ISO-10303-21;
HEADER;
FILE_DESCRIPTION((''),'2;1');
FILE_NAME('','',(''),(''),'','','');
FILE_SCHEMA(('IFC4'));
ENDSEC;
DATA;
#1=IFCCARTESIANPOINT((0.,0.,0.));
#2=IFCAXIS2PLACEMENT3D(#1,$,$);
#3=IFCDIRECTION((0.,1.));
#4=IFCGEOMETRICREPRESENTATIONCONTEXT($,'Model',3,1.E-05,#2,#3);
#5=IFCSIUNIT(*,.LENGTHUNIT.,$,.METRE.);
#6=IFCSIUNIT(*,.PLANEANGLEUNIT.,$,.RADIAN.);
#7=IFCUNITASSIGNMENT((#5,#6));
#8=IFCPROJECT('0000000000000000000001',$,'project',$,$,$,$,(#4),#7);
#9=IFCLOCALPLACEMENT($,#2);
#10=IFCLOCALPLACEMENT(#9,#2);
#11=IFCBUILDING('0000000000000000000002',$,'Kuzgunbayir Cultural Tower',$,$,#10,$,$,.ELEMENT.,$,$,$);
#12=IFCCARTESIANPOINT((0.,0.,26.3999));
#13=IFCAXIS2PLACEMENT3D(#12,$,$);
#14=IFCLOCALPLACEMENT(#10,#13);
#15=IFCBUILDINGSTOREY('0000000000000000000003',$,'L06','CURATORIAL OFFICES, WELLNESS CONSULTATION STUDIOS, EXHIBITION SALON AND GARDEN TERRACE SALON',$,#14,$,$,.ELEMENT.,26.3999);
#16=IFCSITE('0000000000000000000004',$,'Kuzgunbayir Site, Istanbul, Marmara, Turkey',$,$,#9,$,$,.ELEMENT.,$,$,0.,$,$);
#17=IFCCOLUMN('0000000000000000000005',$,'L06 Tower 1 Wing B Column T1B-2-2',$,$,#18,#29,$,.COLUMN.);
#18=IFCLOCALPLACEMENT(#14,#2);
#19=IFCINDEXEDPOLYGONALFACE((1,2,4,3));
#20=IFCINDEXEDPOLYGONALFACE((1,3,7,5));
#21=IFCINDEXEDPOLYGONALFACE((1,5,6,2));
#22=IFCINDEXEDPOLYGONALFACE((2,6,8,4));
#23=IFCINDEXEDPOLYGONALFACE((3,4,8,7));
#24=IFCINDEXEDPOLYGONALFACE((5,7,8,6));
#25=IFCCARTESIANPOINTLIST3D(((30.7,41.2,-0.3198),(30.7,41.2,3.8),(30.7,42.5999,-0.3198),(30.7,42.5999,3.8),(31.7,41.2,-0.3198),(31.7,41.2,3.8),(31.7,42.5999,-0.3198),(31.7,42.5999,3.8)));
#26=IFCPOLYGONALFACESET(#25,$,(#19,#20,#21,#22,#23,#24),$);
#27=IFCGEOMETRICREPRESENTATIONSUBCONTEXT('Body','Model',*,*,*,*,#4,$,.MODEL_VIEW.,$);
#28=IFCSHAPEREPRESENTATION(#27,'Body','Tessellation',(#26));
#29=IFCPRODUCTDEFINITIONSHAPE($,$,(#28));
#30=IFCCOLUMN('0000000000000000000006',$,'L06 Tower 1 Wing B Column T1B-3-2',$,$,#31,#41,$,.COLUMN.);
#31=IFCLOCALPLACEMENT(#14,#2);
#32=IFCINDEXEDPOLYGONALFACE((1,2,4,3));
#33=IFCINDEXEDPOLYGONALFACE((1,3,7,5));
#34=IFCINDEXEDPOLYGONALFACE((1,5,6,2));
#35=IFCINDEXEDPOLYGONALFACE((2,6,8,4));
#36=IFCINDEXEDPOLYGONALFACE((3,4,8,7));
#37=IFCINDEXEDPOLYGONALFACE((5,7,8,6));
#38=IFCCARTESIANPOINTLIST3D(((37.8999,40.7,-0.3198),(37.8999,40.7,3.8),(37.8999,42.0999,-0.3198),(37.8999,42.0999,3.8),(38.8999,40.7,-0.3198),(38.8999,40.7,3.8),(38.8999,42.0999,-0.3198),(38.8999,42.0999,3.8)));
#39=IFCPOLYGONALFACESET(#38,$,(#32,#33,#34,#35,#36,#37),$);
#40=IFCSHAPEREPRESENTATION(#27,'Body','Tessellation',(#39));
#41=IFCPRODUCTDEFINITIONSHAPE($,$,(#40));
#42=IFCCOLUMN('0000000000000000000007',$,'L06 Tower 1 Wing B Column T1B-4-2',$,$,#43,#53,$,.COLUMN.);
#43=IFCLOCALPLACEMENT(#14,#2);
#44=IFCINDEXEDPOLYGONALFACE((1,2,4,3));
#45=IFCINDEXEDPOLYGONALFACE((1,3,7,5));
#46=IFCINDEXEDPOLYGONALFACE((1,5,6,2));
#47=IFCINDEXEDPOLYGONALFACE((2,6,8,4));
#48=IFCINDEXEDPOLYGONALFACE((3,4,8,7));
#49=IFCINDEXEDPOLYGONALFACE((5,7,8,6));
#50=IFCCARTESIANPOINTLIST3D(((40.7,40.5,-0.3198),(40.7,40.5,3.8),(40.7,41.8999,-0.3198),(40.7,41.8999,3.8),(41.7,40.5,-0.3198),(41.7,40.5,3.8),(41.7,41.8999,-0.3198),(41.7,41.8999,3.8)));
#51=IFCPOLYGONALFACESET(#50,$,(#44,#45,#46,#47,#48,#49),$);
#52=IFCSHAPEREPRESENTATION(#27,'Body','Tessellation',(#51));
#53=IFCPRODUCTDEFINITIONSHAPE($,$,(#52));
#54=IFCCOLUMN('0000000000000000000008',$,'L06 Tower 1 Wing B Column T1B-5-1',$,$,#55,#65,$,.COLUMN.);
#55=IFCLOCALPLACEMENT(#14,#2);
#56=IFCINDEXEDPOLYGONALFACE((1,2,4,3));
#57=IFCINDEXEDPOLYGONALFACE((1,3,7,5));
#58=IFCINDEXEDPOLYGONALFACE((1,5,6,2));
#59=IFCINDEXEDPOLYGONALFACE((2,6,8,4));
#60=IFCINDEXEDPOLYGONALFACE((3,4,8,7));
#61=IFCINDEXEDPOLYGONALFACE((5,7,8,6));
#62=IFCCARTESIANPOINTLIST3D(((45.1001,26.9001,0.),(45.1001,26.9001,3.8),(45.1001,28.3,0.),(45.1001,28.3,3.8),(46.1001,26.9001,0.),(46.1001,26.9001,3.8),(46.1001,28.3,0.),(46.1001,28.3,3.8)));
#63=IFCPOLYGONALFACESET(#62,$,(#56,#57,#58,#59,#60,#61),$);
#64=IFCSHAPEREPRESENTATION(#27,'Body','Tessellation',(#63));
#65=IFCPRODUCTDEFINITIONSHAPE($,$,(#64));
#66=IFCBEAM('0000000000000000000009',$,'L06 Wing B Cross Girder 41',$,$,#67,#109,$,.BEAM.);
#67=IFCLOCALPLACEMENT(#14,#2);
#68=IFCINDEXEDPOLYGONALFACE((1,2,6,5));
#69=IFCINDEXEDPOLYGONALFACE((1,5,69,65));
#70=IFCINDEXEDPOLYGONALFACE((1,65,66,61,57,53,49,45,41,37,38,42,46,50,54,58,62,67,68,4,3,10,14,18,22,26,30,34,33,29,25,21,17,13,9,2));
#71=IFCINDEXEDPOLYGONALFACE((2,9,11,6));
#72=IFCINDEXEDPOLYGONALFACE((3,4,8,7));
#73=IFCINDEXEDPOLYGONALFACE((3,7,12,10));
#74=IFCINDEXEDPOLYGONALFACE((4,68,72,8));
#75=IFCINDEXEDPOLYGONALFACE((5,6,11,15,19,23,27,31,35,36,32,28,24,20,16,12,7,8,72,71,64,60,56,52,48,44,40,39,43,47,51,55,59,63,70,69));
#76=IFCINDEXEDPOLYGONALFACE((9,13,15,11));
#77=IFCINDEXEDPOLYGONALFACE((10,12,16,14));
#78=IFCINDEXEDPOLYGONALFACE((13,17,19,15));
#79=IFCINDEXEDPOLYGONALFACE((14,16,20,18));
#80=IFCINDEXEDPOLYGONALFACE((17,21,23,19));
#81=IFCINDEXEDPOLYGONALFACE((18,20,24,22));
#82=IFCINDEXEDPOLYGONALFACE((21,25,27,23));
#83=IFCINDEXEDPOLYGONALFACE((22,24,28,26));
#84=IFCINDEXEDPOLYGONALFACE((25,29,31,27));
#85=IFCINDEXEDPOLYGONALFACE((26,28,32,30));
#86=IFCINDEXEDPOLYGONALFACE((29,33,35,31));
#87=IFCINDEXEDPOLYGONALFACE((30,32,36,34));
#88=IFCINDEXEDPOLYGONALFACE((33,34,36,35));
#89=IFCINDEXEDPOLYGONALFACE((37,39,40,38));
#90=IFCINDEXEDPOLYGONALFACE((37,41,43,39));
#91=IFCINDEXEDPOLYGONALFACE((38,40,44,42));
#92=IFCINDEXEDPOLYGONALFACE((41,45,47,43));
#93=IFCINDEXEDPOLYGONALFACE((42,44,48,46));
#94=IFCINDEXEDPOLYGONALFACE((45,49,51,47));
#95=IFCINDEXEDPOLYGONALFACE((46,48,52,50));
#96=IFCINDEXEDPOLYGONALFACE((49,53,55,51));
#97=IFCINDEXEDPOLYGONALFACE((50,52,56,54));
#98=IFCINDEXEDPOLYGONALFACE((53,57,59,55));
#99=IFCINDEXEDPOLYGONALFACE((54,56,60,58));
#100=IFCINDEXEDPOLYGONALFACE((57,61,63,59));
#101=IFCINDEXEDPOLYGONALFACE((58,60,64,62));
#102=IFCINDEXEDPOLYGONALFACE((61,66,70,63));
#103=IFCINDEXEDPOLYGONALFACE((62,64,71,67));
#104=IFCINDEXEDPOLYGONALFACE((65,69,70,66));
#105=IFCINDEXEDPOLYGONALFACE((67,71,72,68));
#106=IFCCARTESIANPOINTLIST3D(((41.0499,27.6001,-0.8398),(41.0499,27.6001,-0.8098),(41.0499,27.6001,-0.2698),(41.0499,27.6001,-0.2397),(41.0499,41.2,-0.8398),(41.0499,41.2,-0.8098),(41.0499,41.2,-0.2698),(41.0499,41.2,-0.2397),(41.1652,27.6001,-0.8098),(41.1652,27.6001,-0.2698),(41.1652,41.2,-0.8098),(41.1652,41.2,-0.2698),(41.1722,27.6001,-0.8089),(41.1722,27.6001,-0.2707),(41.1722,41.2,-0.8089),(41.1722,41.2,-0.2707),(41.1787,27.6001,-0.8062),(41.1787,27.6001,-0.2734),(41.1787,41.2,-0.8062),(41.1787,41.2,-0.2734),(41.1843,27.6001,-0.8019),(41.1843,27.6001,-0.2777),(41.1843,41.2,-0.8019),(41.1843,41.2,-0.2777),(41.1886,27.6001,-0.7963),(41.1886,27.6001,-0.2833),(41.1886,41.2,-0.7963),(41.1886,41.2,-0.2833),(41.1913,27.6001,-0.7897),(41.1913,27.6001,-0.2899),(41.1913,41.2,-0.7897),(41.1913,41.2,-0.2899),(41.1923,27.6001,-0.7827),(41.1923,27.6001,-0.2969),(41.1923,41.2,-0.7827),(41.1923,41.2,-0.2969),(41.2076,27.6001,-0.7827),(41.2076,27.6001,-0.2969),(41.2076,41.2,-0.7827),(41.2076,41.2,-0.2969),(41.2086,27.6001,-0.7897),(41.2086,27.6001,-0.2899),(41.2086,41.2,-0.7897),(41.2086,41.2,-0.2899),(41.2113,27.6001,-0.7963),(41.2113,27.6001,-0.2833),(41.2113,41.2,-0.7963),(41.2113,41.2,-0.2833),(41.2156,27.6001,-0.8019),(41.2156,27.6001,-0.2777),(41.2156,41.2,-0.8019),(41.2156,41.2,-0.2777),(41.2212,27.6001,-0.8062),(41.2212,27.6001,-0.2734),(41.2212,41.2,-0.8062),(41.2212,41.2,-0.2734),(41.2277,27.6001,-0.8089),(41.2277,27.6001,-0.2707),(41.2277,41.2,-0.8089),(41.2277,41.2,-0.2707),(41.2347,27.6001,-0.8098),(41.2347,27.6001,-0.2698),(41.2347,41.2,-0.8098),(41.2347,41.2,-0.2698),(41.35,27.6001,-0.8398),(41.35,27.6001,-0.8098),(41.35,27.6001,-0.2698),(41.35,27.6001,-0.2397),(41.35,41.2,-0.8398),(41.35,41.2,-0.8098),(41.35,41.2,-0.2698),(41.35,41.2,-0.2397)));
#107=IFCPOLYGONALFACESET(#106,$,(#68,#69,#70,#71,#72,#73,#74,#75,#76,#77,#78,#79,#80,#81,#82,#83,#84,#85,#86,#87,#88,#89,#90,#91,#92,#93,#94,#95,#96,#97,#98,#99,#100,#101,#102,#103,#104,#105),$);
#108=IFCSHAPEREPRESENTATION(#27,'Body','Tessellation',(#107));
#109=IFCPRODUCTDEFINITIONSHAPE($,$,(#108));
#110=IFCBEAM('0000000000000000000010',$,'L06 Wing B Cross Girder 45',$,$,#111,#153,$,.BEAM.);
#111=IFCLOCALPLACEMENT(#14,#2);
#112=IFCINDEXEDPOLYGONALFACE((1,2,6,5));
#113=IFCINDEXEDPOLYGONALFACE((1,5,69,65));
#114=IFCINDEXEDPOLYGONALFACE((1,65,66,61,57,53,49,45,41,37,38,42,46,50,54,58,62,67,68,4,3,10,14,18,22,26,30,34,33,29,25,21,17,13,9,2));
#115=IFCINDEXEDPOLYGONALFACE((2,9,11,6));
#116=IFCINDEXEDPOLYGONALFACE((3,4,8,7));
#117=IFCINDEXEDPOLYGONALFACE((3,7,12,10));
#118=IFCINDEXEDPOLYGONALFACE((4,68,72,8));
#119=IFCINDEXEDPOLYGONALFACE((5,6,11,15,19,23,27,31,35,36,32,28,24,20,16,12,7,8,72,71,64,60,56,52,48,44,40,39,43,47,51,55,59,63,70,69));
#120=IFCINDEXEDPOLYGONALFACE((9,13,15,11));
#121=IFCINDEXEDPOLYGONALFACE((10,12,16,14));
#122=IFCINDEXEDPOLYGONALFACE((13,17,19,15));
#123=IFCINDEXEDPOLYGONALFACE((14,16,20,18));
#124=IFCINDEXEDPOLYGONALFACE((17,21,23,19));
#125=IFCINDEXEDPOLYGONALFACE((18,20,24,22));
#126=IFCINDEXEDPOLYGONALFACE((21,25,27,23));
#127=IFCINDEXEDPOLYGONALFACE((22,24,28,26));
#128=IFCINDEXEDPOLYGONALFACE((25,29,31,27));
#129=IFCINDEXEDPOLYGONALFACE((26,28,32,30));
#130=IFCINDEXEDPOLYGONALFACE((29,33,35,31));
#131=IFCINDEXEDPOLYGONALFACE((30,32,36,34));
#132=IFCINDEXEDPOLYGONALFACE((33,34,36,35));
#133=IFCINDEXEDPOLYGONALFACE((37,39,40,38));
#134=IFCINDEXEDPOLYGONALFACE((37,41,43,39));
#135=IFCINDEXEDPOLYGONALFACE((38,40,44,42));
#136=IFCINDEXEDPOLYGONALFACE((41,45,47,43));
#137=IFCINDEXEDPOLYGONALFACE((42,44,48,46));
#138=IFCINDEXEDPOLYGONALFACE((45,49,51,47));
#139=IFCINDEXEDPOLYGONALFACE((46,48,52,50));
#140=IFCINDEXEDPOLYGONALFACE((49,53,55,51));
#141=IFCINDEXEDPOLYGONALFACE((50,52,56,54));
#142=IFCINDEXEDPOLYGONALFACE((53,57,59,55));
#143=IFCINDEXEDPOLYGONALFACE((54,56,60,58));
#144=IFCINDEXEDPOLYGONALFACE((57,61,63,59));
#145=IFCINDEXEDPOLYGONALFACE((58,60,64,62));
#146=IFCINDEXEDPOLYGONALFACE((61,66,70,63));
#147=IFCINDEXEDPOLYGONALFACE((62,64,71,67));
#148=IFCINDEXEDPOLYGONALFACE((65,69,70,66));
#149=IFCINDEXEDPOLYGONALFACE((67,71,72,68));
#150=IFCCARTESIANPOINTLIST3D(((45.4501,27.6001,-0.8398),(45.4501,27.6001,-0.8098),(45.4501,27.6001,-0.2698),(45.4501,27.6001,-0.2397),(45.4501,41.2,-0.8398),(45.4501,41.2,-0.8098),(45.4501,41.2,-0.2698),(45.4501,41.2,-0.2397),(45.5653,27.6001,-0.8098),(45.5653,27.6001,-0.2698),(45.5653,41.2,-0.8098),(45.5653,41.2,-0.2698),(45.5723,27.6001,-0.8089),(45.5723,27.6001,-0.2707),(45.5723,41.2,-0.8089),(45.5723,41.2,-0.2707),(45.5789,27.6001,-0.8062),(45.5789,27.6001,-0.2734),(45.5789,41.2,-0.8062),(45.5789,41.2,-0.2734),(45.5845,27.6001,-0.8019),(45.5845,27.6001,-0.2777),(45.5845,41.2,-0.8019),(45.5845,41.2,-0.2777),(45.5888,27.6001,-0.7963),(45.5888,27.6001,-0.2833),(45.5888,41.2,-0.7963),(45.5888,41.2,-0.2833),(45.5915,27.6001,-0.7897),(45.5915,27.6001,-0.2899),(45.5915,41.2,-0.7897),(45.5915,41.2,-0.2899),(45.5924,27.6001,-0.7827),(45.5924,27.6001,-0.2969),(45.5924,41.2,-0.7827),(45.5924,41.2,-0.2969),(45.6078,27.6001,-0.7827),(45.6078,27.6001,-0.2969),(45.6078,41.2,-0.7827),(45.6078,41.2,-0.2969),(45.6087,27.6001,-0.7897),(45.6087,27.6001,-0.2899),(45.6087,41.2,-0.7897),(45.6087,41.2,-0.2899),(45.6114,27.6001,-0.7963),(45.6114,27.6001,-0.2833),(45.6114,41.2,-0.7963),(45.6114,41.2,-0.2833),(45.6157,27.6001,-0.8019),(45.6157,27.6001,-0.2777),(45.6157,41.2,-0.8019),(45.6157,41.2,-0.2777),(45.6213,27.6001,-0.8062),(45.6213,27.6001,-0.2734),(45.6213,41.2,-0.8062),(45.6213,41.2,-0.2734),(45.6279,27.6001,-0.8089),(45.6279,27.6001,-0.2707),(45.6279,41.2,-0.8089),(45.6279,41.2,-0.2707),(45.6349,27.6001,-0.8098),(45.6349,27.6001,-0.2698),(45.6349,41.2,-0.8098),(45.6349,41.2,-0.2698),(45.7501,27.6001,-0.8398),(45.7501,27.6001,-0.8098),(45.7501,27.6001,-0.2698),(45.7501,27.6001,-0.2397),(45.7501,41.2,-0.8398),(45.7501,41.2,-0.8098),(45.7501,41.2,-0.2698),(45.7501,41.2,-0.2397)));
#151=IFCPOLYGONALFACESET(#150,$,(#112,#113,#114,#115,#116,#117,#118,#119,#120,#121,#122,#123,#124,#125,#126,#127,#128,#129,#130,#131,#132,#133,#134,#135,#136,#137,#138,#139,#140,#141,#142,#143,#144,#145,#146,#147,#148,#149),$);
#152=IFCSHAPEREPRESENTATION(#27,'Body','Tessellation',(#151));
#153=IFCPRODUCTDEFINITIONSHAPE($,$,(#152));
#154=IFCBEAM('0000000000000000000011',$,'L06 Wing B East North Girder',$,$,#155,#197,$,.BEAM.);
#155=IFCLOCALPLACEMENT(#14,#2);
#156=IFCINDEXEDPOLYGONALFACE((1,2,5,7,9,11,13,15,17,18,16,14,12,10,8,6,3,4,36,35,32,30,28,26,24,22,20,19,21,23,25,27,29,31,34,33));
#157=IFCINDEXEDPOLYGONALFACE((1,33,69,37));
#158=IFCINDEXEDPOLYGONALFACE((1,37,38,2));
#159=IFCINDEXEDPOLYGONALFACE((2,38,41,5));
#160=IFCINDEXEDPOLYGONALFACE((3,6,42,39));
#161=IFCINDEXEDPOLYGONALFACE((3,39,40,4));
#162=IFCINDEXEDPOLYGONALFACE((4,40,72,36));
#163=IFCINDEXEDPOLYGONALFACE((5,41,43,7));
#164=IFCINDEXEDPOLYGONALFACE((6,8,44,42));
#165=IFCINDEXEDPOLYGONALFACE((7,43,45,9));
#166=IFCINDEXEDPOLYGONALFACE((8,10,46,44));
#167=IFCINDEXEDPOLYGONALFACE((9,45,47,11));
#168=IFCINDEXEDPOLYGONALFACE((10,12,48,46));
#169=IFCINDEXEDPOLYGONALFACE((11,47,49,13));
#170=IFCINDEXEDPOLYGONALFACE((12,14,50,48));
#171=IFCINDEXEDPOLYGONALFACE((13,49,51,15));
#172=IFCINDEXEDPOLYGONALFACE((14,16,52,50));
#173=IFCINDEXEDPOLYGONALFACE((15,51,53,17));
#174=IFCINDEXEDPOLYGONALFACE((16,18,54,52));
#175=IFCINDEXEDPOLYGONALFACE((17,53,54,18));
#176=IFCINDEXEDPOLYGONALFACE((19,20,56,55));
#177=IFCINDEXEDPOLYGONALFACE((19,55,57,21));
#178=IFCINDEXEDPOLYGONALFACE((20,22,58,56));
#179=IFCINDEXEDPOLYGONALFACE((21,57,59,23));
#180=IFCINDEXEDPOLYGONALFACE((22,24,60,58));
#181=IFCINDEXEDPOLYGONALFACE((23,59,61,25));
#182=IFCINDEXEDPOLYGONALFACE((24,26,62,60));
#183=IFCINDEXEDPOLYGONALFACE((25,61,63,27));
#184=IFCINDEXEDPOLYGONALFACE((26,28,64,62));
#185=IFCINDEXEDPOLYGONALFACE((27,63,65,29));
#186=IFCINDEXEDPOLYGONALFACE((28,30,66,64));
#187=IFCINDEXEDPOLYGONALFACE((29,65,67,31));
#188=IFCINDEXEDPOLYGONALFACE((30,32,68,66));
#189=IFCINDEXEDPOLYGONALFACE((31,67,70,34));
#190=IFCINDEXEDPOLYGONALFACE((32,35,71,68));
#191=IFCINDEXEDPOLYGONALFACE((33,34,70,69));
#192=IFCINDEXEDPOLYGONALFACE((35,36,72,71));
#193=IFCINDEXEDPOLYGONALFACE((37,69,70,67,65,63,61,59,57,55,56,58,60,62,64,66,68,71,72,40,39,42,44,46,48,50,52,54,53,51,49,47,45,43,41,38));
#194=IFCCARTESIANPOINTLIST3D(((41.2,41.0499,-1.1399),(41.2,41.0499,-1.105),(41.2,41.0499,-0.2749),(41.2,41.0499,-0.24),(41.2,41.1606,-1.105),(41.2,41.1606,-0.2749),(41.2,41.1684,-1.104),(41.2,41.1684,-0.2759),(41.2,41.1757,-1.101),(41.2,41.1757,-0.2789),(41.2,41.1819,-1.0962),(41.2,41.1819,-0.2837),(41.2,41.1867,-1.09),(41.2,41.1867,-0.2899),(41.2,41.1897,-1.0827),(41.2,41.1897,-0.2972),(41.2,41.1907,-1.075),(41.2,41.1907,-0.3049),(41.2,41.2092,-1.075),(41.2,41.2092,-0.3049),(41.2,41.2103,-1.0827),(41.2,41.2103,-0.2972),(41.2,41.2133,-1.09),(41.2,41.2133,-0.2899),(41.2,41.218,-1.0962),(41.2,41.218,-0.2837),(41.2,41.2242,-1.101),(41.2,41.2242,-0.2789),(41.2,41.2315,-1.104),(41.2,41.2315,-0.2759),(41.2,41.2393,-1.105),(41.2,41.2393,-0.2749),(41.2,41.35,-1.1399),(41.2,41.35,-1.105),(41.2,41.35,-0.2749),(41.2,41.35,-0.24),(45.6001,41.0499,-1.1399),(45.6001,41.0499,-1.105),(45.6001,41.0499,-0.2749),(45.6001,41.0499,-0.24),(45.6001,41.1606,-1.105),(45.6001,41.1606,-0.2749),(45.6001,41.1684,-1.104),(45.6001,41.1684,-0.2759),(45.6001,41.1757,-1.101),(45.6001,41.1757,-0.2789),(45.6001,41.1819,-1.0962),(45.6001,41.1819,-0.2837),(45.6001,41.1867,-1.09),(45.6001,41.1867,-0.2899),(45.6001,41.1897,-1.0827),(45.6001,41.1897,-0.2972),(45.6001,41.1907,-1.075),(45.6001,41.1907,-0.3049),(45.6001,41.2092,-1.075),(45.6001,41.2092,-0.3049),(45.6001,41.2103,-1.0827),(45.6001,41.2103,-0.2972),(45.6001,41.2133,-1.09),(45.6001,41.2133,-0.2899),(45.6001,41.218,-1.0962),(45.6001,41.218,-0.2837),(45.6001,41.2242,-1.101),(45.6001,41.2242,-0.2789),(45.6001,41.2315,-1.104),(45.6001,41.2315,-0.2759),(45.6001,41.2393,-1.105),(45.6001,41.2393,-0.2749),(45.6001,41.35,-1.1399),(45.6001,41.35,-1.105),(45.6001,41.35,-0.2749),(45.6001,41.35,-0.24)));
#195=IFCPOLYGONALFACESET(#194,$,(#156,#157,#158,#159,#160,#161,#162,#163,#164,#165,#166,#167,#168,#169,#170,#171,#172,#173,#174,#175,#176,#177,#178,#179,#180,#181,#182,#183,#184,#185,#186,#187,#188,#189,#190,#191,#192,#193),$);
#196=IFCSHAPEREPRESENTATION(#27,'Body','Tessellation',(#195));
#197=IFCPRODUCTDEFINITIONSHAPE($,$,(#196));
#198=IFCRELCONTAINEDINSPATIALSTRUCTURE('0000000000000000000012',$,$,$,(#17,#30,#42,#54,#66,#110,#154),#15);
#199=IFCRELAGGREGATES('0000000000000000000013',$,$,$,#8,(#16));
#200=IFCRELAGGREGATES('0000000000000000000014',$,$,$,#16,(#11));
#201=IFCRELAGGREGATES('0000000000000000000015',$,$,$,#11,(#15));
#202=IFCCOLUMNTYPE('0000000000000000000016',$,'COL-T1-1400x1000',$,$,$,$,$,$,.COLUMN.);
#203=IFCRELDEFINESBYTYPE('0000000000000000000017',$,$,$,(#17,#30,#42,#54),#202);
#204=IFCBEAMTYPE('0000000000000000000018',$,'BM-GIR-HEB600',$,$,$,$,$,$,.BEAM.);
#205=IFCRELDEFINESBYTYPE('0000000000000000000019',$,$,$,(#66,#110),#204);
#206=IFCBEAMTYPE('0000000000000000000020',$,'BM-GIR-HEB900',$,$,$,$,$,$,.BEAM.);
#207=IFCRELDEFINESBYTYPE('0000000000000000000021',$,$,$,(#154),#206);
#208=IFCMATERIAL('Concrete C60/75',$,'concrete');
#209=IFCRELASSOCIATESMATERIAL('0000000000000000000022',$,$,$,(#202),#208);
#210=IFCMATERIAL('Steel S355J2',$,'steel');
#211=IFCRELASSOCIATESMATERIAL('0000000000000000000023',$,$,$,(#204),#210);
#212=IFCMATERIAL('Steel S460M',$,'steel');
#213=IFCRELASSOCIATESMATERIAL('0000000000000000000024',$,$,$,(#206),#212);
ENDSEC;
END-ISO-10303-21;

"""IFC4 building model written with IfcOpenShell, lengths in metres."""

from ifc_helpers import new_model, si_unit, direction, frame, origin, origin_2d, place, context, subcontext, project, spatial, rectangle, i_section, extrude, material, material_profile, profile_set, type_object, element, save


model = new_model("IFC4")

# Units and contexts
model_context = context("Model", 3, precision=1e-05, world=origin(), true_north=direction((0.0, 1.0)))
body_context = subcontext(model_context, "Body", "Model", "MODEL_VIEW")
ifc_project = project(units=[si_unit("LENGTHUNIT", "METRE"), si_unit("PLANEANGLEUNIT", "RADIAN")], contexts=[model_context])

# Site, building, storey
site_placement = place(None, origin())
site = spatial("IfcSite", under=ifc_project, at=site_placement, Name="Kuzgunbayir Site, Istanbul, Marmara, Turkey", CompositionType="ELEMENT", RefElevation=0.0)
building_placement = place(site_placement, origin())
building = spatial("IfcBuilding", under=site, at=building_placement, Name="Kuzgunbayir Cultural Tower", CompositionType="ELEMENT")
storey_placement = place(building_placement, frame((0.0, 0.0, 26.3999)))
storey = spatial("IfcBuildingStorey", under=building, at=storey_placement, Name="L06", Description="CURATORIAL OFFICES, WELLNESS CONSULTATION STUDIOS, EXHIBITION SALON AND GARDEN TERRACE SALON", CompositionType="ELEMENT", Elevation=26.3999)

# Columns
ifc_material_1 = material(Name="Concrete C60/75", Category="concrete")
ifc_material_profile_1 = material_profile(ifc_material_1, rectangle(XDim=1.0, YDim=1.3999, at=origin_2d()), Name="RC 1400x1000")
ifc_profile_set_1 = profile_set([ifc_material_profile_1], Name="Concrete C60/75")
column_type = type_object("IfcColumnType", Name="COL-T1-1400x1000", PredefinedType="COLUMN", material=ifc_profile_set_1)
for number, where, z_axis, x_axis, name in (
    (1, (31.2, 41.8999, -0.3198), (0.0, 0.0, 1.0), (1.0, 0.0, 0.0), "L06 Tower 1 Wing B Column T1B-2-2"),
    (2, (38.3999, 41.3999, -0.3198), (0.0, 0.0, 1.0), (1.0, 0.0, 0.0), "L06 Tower 1 Wing B Column T1B-3-2"),
    (3, (41.2, 41.2, -0.3198), (0.0, 0.0, 1.0), (1.0, 0.0, 0.0), "L06 Tower 1 Wing B Column T1B-4-2"),
):
    element("IfcColumn", number, at=place(storey_placement, frame(where, z_axis=z_axis, x_axis=x_axis)), inside=storey, type_object=column_type, Name=name, PredefinedType="COLUMN", context=body_context, shape_type="SweptSolid", body=[
        extrude(rectangle(XDim=1.0, YDim=1.3999, at=origin_2d()), origin(), (0.0, 0.0, 1.0), 4.1199),
    ])
column_placement = place(storey_placement, frame((45.6001, 27.6001, 0.0), z_axis=(0.0, 0.0, 1.0), x_axis=(1.0, 0.0, 0.0)))
element("IfcColumn", 4, at=column_placement, inside=storey, type_object=column_type, Name="L06 Tower 1 Wing B Column T1B-5-1", PredefinedType="COLUMN", context=body_context, shape_type="SweptSolid", body=[
    extrude(rectangle(XDim=1.0, YDim=1.3999, at=origin_2d()), origin(), (0.0, 0.0, 1.0), 3.8),
])

# Beams
ifc_material_2 = material(Name="Steel S355J2", Category="steel")
ifc_material_profile_2 = material_profile(ifc_material_2, i_section(OverallWidth=0.3, OverallDepth=0.6001, WebThickness=0.0154, FlangeThickness=0.03, FilletRadius=0.0271, at=origin_2d()), Name="HEB 600")
ifc_profile_set_2 = profile_set([ifc_material_profile_2], Name="Steel S355J2")
beam_type_1 = type_object("IfcBeamType", Name="BM-GIR-HEB600", PredefinedType="BEAM", material=ifc_profile_set_2)
for number, where, z_axis, x_axis, name in (
    (5, (41.2, 27.6001, -0.5398), (0.0, 1.0, 0.0), (-1.0, 0.0, 0.0), "L06 Wing B Cross Girder 41"),
    (6, (45.6001, 27.6001, -0.5398), (0.0, 1.0, 0.0), (-1.0, 0.0, 0.0), "L06 Wing B Cross Girder 45"),
):
    element("IfcBeam", number, at=place(storey_placement, frame(where, z_axis=z_axis, x_axis=x_axis)), inside=storey, type_object=beam_type_1, Name=name, PredefinedType="BEAM", context=body_context, shape_type="SweptSolid", body=[
        extrude(i_section(OverallWidth=0.3, OverallDepth=0.6001, WebThickness=0.0154, FlangeThickness=0.03, FilletRadius=0.0271, at=origin_2d()), origin(), (0.0, 0.0, 1.0), 13.5999),
    ])
ifc_material_3 = material(Name="Steel S460M", Category="steel")
ifc_material_profile_3 = material_profile(ifc_material_3, i_section(OverallWidth=0.3, OverallDepth=0.8999, WebThickness=0.0186, FlangeThickness=0.0349, FilletRadius=0.03, at=origin_2d()), Name="HEB 900")
ifc_profile_set_3 = profile_set([ifc_material_profile_3], Name="Steel S460M")
beam_type_2 = type_object("IfcBeamType", Name="BM-GIR-HEB900", PredefinedType="BEAM", material=ifc_profile_set_3)
beam_placement = place(storey_placement, frame((41.2, 41.2, -0.6899), z_axis=(1.0, 0.0, 0.0), x_axis=(0.0, 1.0, 0.0)))
element("IfcBeam", 7, at=beam_placement, inside=storey, type_object=beam_type_2, Name="L06 Wing B East North Girder", PredefinedType="BEAM", context=body_context, shape_type="SweptSolid", body=[
    extrude(i_section(OverallWidth=0.3, OverallDepth=0.8999, WebThickness=0.0186, FlangeThickness=0.0349, FilletRadius=0.03, at=origin_2d()), origin(), (0.0, 0.0, 1.0), 4.4001),
])

save(model, "model.ifc")
